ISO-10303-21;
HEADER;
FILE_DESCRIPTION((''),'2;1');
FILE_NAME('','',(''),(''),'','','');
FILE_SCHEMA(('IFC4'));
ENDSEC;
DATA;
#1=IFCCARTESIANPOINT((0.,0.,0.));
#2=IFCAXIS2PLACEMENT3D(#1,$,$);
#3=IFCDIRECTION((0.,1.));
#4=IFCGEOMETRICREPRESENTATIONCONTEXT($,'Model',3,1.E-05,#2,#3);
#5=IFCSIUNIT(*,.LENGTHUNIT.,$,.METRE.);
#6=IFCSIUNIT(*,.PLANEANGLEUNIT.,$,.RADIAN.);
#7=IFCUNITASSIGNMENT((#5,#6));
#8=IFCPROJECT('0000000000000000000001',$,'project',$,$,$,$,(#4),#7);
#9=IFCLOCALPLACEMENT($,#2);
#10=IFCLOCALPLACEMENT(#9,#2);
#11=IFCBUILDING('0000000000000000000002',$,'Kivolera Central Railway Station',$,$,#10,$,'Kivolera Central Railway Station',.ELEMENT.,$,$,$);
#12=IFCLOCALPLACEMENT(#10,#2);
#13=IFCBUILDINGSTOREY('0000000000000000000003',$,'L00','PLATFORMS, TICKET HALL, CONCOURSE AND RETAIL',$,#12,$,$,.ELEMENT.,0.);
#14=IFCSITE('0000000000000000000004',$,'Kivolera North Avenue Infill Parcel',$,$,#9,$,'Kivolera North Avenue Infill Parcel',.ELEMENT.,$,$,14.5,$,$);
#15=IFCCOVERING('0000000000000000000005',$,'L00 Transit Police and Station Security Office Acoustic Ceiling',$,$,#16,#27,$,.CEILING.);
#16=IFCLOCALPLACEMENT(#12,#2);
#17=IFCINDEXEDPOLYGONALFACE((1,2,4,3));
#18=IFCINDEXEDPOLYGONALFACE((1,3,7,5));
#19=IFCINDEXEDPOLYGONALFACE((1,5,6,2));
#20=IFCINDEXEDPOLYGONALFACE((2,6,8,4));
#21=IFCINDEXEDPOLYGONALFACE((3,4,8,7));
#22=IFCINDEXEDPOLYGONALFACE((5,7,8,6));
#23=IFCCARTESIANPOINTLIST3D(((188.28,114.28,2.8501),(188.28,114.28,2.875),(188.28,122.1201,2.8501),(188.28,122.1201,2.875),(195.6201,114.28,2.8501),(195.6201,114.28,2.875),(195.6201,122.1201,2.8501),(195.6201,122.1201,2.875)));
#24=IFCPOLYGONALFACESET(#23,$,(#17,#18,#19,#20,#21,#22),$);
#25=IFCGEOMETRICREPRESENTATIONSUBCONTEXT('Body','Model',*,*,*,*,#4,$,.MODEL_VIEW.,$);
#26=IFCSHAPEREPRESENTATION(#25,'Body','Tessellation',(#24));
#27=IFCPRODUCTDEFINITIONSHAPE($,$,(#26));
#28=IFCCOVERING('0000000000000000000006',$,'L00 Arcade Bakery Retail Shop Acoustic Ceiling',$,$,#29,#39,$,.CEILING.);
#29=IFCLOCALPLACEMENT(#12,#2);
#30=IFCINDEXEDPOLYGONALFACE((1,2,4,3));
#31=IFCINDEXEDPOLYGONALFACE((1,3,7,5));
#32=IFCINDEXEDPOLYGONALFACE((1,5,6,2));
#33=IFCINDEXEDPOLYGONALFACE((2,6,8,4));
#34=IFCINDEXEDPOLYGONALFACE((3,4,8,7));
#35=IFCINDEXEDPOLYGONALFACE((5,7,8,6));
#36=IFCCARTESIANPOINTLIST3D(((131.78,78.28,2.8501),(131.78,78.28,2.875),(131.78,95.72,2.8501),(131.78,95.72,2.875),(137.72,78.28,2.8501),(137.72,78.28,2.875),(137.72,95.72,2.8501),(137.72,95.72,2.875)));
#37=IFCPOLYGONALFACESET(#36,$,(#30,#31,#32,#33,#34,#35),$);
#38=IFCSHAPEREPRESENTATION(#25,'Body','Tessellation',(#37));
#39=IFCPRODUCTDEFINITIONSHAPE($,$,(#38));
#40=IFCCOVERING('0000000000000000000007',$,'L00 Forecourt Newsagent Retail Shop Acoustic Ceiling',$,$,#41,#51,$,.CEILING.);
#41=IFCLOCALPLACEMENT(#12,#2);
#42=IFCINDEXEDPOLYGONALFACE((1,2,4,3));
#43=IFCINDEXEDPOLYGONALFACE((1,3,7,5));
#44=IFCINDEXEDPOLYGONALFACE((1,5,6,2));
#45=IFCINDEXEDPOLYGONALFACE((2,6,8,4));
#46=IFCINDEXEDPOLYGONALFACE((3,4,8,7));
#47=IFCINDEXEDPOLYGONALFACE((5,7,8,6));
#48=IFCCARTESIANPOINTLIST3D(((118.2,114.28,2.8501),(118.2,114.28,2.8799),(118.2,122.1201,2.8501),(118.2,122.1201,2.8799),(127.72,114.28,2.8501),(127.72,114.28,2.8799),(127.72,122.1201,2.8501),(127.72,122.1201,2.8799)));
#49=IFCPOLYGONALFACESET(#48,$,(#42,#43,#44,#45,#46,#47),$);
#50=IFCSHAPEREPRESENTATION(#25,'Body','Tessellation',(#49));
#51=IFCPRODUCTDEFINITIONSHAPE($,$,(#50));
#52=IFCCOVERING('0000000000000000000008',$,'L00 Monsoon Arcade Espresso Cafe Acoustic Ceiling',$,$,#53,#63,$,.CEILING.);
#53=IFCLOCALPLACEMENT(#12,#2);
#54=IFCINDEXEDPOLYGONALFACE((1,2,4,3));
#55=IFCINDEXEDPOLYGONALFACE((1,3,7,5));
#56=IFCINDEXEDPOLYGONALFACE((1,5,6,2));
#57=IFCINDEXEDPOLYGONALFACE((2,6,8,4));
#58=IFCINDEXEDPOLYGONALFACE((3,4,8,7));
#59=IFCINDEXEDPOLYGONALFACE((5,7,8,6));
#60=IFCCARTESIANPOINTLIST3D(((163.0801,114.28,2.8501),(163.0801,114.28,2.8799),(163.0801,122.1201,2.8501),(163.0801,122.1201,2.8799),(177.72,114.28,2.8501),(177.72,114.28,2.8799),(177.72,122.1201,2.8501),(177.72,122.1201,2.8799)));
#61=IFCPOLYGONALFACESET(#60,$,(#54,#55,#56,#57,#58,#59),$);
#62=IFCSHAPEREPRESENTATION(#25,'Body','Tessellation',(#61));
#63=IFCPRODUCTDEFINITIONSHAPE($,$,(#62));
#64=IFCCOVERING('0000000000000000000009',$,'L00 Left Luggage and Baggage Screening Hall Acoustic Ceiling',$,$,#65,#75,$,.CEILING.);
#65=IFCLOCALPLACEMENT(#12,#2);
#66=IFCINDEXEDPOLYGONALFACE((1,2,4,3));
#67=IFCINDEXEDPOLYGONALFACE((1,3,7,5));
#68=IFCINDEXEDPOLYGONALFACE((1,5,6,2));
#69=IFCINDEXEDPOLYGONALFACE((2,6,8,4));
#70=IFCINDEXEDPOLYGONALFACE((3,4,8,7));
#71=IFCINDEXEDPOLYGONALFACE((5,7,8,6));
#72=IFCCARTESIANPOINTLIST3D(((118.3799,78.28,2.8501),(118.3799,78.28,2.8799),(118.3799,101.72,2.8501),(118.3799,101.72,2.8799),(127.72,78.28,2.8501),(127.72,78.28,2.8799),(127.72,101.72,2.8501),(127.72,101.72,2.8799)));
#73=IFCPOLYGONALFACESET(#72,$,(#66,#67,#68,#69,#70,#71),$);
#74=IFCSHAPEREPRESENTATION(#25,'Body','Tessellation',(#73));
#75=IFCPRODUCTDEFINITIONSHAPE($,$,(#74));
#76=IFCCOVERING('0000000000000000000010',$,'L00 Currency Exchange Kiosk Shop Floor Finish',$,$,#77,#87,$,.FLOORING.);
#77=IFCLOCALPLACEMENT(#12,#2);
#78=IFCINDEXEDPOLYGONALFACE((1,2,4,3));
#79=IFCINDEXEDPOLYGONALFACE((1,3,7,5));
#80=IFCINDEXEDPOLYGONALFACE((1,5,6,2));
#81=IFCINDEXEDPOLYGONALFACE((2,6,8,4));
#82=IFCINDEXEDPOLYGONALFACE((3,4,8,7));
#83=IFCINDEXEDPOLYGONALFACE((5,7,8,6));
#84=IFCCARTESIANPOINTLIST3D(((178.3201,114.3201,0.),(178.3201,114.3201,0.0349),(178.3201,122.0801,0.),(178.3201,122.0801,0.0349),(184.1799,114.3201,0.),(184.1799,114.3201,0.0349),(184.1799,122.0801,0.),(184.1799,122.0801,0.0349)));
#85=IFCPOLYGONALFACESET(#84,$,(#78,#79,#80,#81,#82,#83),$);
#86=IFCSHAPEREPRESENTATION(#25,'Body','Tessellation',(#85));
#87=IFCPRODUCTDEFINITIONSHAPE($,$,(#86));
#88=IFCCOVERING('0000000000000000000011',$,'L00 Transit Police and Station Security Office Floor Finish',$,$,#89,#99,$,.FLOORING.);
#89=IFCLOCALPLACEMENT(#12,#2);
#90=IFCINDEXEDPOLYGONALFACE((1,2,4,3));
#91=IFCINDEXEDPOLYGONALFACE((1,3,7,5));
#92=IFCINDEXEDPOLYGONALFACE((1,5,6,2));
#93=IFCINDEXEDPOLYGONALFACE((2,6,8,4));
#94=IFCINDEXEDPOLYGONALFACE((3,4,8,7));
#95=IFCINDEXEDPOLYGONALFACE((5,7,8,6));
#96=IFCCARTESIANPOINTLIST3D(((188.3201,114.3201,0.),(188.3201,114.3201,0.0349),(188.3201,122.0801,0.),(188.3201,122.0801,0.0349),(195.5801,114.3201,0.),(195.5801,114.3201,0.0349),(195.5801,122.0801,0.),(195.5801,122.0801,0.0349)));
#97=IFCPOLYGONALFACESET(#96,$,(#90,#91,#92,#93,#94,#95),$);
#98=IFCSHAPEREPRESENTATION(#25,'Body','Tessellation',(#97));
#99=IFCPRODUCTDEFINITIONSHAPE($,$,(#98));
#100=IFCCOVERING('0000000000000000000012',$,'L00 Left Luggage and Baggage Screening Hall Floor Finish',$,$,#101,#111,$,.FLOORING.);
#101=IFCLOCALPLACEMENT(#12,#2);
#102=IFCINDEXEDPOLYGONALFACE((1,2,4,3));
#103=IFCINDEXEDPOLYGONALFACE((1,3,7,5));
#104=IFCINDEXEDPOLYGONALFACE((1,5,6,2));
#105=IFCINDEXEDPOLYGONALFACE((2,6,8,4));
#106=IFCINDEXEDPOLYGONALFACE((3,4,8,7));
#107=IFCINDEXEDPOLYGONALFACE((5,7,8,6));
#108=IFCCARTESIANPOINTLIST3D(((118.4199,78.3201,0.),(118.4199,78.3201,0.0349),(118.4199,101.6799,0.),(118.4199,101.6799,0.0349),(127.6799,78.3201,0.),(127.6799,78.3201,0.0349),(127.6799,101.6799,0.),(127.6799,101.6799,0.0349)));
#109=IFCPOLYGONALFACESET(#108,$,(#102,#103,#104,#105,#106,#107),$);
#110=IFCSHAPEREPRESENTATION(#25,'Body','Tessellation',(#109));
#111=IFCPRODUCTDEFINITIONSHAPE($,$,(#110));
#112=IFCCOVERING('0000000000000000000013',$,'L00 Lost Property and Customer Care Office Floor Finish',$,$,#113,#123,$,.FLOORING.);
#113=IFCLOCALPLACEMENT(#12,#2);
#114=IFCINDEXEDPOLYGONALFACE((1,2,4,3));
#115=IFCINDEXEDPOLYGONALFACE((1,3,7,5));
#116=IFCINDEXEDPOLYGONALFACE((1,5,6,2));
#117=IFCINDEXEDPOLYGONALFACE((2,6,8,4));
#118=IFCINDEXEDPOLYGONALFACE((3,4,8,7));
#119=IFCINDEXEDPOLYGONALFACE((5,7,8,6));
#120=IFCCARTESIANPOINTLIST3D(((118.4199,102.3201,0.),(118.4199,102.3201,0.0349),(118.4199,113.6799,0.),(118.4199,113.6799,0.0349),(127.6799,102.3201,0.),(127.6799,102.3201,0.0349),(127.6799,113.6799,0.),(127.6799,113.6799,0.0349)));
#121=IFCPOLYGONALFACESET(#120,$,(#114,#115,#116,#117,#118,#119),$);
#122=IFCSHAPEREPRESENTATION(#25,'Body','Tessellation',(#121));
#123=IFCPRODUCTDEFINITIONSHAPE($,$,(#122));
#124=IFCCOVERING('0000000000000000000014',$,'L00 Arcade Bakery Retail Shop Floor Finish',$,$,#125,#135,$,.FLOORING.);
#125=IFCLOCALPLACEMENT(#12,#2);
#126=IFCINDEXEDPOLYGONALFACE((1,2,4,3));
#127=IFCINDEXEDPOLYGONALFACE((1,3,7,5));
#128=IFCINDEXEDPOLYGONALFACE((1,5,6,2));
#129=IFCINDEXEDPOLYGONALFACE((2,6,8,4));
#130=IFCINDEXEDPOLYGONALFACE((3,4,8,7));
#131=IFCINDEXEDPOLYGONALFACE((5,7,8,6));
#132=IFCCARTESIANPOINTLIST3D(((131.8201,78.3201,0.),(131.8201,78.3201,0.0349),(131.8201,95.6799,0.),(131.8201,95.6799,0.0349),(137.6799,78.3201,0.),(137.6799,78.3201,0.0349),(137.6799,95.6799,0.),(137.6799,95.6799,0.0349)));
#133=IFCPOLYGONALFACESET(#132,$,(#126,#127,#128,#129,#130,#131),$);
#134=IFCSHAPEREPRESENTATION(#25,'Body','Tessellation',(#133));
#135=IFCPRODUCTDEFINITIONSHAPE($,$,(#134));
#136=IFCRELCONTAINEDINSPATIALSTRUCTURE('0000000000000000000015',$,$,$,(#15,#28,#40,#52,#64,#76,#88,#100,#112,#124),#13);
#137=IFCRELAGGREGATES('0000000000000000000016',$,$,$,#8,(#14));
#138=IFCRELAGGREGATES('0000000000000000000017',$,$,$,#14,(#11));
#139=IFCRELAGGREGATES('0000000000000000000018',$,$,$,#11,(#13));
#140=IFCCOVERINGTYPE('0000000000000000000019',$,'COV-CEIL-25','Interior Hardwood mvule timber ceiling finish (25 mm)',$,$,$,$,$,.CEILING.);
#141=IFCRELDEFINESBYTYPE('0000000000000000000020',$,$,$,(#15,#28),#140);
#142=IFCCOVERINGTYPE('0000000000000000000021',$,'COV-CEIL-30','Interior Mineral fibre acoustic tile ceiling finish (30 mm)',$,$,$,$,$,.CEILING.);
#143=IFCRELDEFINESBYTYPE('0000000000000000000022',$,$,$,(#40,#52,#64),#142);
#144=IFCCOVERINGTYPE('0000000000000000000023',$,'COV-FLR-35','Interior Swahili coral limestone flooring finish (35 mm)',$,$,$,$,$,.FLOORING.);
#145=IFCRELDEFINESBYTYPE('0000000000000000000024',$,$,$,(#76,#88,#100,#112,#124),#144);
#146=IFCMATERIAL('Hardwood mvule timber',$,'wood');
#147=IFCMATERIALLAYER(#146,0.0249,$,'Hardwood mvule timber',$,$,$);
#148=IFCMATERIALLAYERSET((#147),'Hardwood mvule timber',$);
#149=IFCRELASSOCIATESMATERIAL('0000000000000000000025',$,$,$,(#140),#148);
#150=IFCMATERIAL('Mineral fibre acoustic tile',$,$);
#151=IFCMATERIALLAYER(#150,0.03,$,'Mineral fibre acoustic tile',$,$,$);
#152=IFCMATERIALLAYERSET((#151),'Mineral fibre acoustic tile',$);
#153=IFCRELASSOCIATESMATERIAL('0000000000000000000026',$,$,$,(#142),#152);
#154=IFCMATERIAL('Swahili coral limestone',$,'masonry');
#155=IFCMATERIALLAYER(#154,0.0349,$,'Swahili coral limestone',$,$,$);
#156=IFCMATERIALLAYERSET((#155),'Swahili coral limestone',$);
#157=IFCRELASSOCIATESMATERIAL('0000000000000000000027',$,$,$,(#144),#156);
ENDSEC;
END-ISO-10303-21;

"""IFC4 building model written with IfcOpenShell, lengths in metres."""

from ifc_helpers import new_model, si_unit, direction, frame, origin, place, context, subcontext, project, spatial, polyline, outline, extrude, material, layer, layer_set, type_object, element, save


model = new_model("IFC4")

# Units and contexts
model_context = context("Model", 3, precision=1e-05, world=origin(), true_north=direction((0.0, 1.0)))
body_context = subcontext(model_context, "Body", "Model", "MODEL_VIEW")
ifc_project = project(units=[si_unit("LENGTHUNIT", "METRE"), si_unit("PLANEANGLEUNIT", "RADIAN")], contexts=[model_context])

# Site, building, storey
site_placement = place(None, origin())
site = spatial("IfcSite", under=ifc_project, at=site_placement, Name="Kivolera North Avenue Infill Parcel", LongName="Kivolera North Avenue Infill Parcel", CompositionType="ELEMENT", RefElevation=14.5)
building_placement = place(site_placement, origin())
building = spatial("IfcBuilding", under=site, at=building_placement, Name="Kivolera Central Railway Station", LongName="Kivolera Central Railway Station", CompositionType="ELEMENT")
storey_placement = place(building_placement, origin())
storey = spatial("IfcBuildingStorey", under=building, at=storey_placement, Name="L00", Description="PLATFORMS, TICKET HALL, CONCOURSE AND RETAIL", CompositionType="ELEMENT", Elevation=0.0)

# Coverings
ifc_material_1 = material(Name="Mineral fibre acoustic tile")
ifc_material_2 = material(Name="Hardwood mvule timber", Category="wood")
ifc_layer_1 = layer(ifc_material_2, 0.0249, Name="Hardwood mvule timber")
ifc_layer_set_1 = layer_set([ifc_layer_1], Name="Hardwood mvule timber")
covering_type_1 = type_object("IfcCoveringType", Name="COV-CEIL-25", Description="Interior Hardwood mvule timber ceiling finish (25 mm)", PredefinedType="CEILING", material=ifc_layer_set_1)
covering_1_placement = place(storey_placement, frame((0.0, 0.0, 2.8501)))
element("IfcCovering", 1, at=covering_1_placement, inside=storey, type_object=covering_type_1, Name="L00 Transit Police and Station Security Office Acoustic Ceiling", PredefinedType="CEILING", context=body_context, shape_type="SweptSolid", body=[
    extrude(outline(polyline([(188.28, 114.28), (195.6201, 114.28), (195.6201, 122.1201), (188.28, 122.1201), (188.28, 114.28)])), origin(), (0.0, 0.0, 1.0), 0.0249),
])
covering_2_placement = place(storey_placement, frame((0.0, 0.0, 2.8501)))
element("IfcCovering", 2, at=covering_2_placement, inside=storey, type_object=covering_type_1, Name="L00 Arcade Bakery Retail Shop Acoustic Ceiling", PredefinedType="CEILING", context=body_context, shape_type="SweptSolid", body=[
    extrude(outline(polyline([(131.78, 78.28), (137.72, 78.28), (137.72, 95.72), (131.78, 95.72), (131.78, 78.28)])), origin(), (0.0, 0.0, 1.0), 0.0249),
])
ifc_layer_2 = layer(ifc_material_1, 0.03, Name="Mineral fibre acoustic tile")
ifc_layer_set_2 = layer_set([ifc_layer_2], Name="Mineral fibre acoustic tile")
covering_type_2 = type_object("IfcCoveringType", Name="COV-CEIL-30", Description="Interior Mineral fibre acoustic tile ceiling finish (30 mm)", PredefinedType="CEILING", material=ifc_layer_set_2)
covering_3_placement = place(storey_placement, frame((0.0, 0.0, 2.8501)))
element("IfcCovering", 3, at=covering_3_placement, inside=storey, type_object=covering_type_2, Name="L00 Forecourt Newsagent Retail Shop Acoustic Ceiling", PredefinedType="CEILING", context=body_context, shape_type="SweptSolid", body=[
    extrude(outline(polyline([(118.2, 114.28), (127.72, 114.28), (127.72, 122.1201), (118.2, 122.1201), (118.2, 114.28)])), origin(), (0.0, 0.0, 1.0), 0.0298),
])
covering_4_placement = place(storey_placement, frame((0.0, 0.0, 2.8501)))
element("IfcCovering", 4, at=covering_4_placement, inside=storey, type_object=covering_type_2, Name="L00 Monsoon Arcade Espresso Cafe Acoustic Ceiling", PredefinedType="CEILING", context=body_context, shape_type="SweptSolid", body=[
    extrude(outline(polyline([(163.0801, 114.28), (177.72, 114.28), (177.72, 122.1201), (163.0801, 122.1201), (163.0801, 114.28)])), origin(), (0.0, 0.0, 1.0), 0.0298),
])
covering_5_placement = place(storey_placement, frame((0.0, 0.0, 2.8501)))
element("IfcCovering", 5, at=covering_5_placement, inside=storey, type_object=covering_type_2, Name="L00 Left Luggage and Baggage Screening Hall Acoustic Ceiling", PredefinedType="CEILING", context=body_context, shape_type="SweptSolid", body=[
    extrude(outline(polyline([(118.3799, 78.28), (127.72, 78.28), (127.72, 101.72), (118.3799, 101.72), (118.3799, 78.28)])), origin(), (0.0, 0.0, 1.0), 0.0298),
])
ifc_material_3 = material(Name="Swahili coral limestone", Category="masonry")
ifc_layer_3 = layer(ifc_material_3, 0.0349, Name="Swahili coral limestone")
ifc_layer_set_3 = layer_set([ifc_layer_3], Name="Swahili coral limestone")
covering_type_3 = type_object("IfcCoveringType", Name="COV-FLR-35", Description="Interior Swahili coral limestone flooring finish (35 mm)", PredefinedType="FLOORING", material=ifc_layer_set_3)
covering_6_placement = place(storey_placement, origin())
element("IfcCovering", 6, at=covering_6_placement, inside=storey, type_object=covering_type_3, Name="L00 Currency Exchange Kiosk Shop Floor Finish", PredefinedType="FLOORING", context=body_context, shape_type="SweptSolid", body=[
    extrude(outline(polyline([(178.3201, 114.3201), (184.1799, 114.3201), (184.1799, 122.0801), (178.3201, 122.0801), (178.3201, 114.3201)])), origin(), (0.0, 0.0, 1.0), 0.0349),
])
covering_7_placement = place(storey_placement, origin())
element("IfcCovering", 7, at=covering_7_placement, inside=storey, type_object=covering_type_3, Name="L00 Transit Police and Station Security Office Floor Finish", PredefinedType="FLOORING", context=body_context, shape_type="SweptSolid", body=[
    extrude(outline(polyline([(188.3201, 114.3201), (195.5801, 114.3201), (195.5801, 122.0801), (188.3201, 122.0801), (188.3201, 114.3201)])), origin(), (0.0, 0.0, 1.0), 0.0349),
])
covering_8_placement = place(storey_placement, origin())
element("IfcCovering", 8, at=covering_8_placement, inside=storey, type_object=covering_type_3, Name="L00 Left Luggage and Baggage Screening Hall Floor Finish", PredefinedType="FLOORING", context=body_context, shape_type="SweptSolid", body=[
    extrude(outline(polyline([(118.4199, 78.3201), (127.6799, 78.3201), (127.6799, 101.6799), (118.4199, 101.6799), (118.4199, 78.3201)])), origin(), (0.0, 0.0, 1.0), 0.0349),
])
covering_9_placement = place(storey_placement, origin())
element("IfcCovering", 9, at=covering_9_placement, inside=storey, type_object=covering_type_3, Name="L00 Lost Property and Customer Care Office Floor Finish", PredefinedType="FLOORING", context=body_context, shape_type="SweptSolid", body=[
    extrude(outline(polyline([(118.4199, 102.3201), (127.6799, 102.3201), (127.6799, 113.6799), (118.4199, 113.6799), (118.4199, 102.3201)])), origin(), (0.0, 0.0, 1.0), 0.0349),
])
covering_10_placement = place(storey_placement, origin())
element("IfcCovering", 10, at=covering_10_placement, inside=storey, type_object=covering_type_3, Name="L00 Arcade Bakery Retail Shop Floor Finish", PredefinedType="FLOORING", context=body_context, shape_type="SweptSolid", body=[
    extrude(outline(polyline([(131.8201, 78.3201), (137.6799, 78.3201), (137.6799, 95.6799), (131.8201, 95.6799), (131.8201, 78.3201)])), origin(), (0.0, 0.0, 1.0), 0.0349),
])

save(model, "model.ifc")
